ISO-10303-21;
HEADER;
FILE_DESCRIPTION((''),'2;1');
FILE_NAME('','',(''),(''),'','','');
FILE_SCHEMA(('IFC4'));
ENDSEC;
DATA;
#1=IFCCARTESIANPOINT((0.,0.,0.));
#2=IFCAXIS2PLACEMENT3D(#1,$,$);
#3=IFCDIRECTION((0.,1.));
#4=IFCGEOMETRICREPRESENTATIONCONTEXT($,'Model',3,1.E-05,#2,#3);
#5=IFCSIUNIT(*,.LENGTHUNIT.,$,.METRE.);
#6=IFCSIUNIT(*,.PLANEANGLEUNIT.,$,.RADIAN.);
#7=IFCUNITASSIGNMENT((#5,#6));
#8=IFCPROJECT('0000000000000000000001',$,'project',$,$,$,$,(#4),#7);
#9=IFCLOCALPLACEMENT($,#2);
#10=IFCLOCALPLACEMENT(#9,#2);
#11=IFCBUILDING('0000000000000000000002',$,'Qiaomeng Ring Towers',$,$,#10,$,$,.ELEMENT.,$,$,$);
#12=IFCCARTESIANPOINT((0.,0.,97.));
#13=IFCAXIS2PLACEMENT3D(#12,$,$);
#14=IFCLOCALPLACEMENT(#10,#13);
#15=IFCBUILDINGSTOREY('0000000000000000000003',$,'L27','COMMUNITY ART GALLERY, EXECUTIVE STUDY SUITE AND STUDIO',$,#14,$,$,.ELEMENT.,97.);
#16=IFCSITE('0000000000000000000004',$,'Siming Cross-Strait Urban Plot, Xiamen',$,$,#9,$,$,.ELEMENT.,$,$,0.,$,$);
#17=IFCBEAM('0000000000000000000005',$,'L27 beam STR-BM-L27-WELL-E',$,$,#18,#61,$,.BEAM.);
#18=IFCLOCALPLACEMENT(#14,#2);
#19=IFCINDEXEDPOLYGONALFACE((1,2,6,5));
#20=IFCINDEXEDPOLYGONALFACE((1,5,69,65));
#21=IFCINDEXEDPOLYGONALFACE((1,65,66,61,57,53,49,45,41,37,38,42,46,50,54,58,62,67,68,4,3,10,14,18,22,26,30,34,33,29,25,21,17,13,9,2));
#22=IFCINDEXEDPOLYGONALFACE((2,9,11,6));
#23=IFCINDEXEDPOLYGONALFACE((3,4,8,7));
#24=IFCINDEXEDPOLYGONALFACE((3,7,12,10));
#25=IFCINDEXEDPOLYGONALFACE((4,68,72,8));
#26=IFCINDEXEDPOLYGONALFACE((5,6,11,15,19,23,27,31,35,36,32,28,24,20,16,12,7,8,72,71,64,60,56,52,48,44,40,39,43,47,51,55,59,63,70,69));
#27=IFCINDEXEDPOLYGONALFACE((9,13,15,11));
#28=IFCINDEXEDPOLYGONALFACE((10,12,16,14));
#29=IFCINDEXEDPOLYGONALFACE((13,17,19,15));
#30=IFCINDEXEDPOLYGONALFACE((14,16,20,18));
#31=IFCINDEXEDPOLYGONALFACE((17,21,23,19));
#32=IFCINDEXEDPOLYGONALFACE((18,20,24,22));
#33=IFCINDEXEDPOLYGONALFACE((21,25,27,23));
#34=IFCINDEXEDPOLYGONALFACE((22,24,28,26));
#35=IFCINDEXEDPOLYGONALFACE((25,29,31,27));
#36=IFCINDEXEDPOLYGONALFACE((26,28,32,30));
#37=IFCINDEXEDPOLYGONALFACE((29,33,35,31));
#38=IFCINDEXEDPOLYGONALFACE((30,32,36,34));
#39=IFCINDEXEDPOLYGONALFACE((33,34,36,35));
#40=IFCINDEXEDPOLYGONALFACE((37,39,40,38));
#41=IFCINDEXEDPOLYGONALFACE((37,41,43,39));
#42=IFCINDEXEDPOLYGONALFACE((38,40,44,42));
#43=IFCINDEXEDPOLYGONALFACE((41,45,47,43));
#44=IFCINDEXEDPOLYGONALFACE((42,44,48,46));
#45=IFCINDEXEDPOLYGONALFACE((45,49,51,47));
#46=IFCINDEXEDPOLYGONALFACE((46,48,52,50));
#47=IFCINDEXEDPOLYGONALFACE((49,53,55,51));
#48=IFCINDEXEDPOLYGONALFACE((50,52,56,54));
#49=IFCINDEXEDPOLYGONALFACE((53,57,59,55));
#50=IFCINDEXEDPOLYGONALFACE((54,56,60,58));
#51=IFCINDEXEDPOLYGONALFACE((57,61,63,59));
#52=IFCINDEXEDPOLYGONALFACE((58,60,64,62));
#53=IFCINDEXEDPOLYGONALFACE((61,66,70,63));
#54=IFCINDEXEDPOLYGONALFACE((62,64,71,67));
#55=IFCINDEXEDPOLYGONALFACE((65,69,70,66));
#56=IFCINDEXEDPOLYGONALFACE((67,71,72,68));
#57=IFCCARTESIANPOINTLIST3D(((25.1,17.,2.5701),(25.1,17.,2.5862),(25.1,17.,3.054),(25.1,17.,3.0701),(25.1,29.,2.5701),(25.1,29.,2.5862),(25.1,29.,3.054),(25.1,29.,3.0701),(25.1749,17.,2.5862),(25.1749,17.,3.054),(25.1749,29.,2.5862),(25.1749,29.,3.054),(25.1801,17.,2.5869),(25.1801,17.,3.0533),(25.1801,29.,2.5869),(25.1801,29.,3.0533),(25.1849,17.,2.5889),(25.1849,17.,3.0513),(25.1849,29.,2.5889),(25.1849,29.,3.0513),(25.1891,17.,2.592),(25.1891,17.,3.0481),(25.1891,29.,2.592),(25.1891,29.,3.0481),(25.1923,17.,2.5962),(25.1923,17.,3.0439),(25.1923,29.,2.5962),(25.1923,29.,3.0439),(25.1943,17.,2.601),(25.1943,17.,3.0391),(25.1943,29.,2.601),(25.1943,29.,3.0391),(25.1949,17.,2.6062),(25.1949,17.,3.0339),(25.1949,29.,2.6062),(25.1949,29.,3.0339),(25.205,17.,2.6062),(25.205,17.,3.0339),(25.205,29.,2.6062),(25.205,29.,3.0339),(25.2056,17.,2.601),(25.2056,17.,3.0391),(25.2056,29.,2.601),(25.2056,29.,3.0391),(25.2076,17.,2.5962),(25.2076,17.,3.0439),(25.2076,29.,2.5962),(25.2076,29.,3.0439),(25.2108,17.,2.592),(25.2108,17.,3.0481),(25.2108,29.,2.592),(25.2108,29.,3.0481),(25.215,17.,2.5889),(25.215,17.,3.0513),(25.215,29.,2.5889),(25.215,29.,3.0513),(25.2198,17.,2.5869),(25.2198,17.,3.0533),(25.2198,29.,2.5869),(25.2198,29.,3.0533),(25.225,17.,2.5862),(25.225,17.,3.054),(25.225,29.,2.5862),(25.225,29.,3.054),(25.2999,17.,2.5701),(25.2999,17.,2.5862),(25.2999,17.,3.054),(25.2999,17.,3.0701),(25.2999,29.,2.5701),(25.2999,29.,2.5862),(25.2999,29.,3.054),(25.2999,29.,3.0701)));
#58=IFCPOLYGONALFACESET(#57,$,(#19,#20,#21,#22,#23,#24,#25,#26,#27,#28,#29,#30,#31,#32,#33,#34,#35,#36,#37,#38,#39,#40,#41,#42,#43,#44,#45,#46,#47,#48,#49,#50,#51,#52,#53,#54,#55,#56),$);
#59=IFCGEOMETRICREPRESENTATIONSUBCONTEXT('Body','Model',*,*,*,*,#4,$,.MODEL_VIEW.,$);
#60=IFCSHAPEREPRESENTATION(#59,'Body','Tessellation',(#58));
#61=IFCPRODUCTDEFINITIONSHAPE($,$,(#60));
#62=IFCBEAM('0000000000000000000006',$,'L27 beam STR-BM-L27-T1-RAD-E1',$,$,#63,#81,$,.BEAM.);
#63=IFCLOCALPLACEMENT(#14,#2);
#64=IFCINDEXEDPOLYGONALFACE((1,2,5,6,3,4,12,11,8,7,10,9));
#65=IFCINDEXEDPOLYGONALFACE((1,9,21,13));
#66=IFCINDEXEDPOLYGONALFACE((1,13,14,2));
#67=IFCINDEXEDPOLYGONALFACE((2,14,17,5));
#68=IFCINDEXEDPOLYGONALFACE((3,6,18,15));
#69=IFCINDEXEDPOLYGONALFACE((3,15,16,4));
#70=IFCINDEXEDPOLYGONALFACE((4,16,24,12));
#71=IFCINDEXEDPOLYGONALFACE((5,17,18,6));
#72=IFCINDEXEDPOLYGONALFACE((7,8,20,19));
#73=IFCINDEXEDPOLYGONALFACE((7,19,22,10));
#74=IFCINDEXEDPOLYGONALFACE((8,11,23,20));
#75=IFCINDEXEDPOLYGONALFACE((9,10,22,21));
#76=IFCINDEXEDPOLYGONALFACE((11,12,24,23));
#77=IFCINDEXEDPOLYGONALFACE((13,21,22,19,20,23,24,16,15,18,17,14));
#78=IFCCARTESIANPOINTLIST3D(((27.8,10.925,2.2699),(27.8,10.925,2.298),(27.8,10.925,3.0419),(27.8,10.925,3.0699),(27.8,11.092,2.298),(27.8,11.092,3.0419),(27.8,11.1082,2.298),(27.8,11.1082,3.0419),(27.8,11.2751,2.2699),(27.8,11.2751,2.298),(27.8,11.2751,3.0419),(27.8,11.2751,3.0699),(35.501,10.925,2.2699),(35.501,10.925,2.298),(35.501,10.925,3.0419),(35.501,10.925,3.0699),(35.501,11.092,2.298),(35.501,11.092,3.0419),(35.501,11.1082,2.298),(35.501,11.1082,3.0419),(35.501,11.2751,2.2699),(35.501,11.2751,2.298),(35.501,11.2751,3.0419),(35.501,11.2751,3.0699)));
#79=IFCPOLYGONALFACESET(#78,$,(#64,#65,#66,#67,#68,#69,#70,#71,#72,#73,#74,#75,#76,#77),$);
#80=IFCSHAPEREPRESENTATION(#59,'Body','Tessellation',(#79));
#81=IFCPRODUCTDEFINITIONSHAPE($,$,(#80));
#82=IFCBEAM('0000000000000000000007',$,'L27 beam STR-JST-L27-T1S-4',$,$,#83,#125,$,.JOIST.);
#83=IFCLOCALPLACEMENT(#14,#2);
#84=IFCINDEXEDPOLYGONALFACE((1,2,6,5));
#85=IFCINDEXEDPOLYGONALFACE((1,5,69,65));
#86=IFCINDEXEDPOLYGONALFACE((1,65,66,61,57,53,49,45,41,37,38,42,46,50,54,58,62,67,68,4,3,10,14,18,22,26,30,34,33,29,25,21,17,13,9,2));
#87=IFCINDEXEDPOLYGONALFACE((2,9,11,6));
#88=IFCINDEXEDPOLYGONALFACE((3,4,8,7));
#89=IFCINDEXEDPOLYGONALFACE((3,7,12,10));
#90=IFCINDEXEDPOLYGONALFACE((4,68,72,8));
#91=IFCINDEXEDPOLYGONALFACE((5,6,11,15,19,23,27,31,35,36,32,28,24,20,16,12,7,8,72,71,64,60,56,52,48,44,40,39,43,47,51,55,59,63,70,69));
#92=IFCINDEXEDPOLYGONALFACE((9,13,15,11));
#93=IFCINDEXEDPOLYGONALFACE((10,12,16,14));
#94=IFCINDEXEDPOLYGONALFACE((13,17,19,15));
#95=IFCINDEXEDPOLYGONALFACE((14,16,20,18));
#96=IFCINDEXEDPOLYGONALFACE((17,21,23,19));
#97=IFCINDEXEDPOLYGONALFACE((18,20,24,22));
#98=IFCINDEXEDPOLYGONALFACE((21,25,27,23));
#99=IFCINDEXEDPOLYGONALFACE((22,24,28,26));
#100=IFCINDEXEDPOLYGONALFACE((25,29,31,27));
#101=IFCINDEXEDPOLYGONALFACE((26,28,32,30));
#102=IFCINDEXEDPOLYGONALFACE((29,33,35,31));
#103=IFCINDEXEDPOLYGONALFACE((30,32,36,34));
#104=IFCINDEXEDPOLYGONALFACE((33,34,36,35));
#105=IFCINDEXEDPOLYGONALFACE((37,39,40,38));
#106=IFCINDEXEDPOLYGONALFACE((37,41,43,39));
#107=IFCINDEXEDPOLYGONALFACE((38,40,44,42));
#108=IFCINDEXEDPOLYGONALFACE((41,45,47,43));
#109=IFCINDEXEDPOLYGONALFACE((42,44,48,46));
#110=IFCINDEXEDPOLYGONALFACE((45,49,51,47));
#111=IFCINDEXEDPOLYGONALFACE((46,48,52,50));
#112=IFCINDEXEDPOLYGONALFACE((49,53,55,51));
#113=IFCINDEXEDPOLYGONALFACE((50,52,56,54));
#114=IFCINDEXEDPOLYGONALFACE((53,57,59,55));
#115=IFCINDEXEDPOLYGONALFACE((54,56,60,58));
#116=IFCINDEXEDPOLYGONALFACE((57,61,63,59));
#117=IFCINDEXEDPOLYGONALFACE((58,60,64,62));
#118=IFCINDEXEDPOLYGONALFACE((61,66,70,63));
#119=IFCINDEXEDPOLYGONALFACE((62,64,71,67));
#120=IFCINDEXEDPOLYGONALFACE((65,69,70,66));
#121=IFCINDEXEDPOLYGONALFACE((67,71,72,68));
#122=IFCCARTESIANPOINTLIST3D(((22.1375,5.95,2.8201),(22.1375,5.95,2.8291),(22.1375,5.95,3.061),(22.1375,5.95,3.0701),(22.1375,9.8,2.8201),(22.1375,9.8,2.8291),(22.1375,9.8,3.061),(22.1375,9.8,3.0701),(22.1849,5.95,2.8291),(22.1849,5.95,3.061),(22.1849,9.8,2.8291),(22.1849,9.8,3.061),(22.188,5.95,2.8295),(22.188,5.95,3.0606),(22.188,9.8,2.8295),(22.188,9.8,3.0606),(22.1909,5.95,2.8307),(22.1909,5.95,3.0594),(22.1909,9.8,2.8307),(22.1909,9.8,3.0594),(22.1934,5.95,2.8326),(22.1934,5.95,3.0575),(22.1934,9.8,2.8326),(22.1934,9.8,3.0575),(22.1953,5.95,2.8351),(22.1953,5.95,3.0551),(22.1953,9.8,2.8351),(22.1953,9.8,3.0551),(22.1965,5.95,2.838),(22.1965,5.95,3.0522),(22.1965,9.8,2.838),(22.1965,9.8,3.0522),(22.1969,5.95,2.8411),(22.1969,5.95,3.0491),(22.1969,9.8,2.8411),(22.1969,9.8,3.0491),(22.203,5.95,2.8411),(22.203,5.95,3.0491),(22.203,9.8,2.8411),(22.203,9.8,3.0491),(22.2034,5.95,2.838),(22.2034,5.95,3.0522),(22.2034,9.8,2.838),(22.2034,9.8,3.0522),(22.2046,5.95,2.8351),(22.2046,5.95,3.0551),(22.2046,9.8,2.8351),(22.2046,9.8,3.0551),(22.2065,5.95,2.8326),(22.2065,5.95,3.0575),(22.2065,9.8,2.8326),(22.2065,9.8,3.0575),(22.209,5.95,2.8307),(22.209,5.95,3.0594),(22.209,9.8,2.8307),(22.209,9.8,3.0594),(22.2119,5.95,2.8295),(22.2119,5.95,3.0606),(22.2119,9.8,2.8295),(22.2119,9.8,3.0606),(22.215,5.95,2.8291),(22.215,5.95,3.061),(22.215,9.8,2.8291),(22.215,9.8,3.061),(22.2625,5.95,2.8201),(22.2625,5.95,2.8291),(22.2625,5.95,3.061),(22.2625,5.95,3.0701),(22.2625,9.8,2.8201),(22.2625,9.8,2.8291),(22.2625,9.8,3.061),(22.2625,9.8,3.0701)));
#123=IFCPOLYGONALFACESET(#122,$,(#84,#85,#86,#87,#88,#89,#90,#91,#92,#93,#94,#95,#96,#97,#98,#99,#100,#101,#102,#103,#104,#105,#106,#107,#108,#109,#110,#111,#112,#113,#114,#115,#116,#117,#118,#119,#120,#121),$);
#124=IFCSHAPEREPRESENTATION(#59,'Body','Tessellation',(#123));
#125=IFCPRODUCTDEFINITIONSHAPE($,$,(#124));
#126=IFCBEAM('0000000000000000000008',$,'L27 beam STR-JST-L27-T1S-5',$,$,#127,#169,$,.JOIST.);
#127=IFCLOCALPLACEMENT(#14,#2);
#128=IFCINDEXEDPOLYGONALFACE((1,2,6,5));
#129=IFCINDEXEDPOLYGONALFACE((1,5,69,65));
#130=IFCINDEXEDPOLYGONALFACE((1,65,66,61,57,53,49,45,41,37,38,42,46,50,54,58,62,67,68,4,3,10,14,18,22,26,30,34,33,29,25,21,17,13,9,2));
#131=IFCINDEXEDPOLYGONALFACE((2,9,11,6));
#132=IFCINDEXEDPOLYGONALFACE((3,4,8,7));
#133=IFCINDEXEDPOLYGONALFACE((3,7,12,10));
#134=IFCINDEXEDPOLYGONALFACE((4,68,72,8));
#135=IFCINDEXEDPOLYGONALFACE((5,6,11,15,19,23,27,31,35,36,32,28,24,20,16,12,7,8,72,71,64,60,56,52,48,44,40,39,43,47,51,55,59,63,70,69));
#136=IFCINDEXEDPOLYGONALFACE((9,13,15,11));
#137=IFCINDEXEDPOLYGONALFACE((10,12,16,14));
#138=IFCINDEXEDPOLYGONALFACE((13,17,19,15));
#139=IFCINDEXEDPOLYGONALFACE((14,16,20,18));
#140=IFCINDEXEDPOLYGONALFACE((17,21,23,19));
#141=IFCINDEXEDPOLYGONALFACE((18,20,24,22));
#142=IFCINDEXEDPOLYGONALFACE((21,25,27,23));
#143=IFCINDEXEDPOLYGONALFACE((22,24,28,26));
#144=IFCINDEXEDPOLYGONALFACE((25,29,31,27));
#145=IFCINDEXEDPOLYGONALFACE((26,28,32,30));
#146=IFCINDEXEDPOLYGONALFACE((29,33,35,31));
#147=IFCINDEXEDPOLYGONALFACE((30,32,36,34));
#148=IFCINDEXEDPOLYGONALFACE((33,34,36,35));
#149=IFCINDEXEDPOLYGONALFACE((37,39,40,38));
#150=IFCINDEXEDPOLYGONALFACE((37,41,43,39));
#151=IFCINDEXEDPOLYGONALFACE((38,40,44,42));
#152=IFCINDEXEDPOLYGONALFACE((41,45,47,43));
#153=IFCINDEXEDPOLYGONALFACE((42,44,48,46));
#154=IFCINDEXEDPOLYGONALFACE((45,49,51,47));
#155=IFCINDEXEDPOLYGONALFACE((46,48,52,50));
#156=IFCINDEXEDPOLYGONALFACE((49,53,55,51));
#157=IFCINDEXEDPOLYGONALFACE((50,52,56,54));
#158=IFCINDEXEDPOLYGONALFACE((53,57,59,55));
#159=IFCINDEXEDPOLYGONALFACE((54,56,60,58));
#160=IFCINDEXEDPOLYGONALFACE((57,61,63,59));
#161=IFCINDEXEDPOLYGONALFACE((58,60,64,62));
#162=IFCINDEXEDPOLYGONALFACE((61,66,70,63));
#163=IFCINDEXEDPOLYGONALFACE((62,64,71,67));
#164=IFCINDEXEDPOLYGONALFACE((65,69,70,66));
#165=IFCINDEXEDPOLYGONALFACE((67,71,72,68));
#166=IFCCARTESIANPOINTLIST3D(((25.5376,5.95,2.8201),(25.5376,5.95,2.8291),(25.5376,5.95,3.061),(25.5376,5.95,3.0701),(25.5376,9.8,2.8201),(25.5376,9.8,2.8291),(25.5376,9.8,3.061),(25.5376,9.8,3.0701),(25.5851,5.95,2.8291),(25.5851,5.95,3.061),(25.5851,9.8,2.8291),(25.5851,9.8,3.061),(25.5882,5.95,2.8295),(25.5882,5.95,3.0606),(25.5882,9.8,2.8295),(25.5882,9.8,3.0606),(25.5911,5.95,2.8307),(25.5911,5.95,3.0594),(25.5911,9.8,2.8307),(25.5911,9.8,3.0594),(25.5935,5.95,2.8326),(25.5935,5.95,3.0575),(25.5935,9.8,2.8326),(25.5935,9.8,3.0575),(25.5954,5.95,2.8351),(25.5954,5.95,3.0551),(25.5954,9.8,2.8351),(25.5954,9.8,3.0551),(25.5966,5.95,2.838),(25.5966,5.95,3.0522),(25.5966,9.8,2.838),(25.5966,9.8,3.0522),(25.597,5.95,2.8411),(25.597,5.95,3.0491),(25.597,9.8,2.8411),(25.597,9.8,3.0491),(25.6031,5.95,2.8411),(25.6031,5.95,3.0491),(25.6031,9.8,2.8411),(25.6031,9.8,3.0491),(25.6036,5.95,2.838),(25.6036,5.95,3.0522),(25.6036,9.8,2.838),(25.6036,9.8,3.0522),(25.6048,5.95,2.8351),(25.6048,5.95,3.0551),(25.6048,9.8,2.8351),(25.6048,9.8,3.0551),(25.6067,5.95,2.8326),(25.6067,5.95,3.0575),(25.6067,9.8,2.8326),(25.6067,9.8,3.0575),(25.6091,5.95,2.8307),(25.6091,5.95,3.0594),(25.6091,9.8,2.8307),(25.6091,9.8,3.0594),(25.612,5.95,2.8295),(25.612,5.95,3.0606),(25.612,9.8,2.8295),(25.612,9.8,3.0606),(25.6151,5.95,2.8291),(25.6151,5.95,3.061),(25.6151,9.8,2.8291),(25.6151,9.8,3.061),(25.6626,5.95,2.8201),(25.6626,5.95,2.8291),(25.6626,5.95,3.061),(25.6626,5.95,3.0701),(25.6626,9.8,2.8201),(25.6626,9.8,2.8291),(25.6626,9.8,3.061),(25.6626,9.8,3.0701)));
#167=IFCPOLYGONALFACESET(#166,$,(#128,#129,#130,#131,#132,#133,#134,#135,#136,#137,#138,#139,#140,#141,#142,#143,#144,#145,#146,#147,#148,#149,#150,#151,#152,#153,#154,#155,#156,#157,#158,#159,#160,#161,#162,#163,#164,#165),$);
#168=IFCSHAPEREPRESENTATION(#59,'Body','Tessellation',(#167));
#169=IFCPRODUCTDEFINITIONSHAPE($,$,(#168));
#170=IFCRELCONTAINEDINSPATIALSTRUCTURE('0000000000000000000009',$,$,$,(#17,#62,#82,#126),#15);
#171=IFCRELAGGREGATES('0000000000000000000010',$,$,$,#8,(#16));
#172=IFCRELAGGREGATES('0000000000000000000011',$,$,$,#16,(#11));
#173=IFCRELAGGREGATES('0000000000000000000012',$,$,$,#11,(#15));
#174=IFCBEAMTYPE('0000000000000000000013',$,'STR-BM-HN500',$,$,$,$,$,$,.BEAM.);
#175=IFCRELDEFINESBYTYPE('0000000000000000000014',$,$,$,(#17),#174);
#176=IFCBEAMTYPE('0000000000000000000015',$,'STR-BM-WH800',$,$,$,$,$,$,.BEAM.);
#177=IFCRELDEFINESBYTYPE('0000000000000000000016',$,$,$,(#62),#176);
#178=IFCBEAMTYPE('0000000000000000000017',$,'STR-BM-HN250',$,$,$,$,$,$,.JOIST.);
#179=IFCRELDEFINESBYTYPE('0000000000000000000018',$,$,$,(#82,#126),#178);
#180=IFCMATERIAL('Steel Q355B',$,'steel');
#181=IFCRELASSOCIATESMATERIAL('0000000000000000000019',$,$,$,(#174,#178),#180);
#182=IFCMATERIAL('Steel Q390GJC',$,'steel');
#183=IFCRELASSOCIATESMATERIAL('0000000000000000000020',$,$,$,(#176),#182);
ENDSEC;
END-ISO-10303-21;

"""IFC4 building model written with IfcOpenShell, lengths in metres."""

from ifc_helpers import new_model, si_unit, direction, frame, origin, origin_2d, place, context, subcontext, project, spatial, i_section, extrude, source, transform, mapped, material, material_profile, profile_set, type_object, element, save


model = new_model("IFC4")

# Units and contexts
model_context = context("Model", 3, precision=1e-05, world=origin(), true_north=direction((0.0, 1.0)))
body_context = subcontext(model_context, "Body", "Model", "MODEL_VIEW")
ifc_project = project(units=[si_unit("LENGTHUNIT", "METRE"), si_unit("PLANEANGLEUNIT", "RADIAN")], contexts=[model_context])

# Site, building, storey
site_placement = place(None, origin())
site = spatial("IfcSite", under=ifc_project, at=site_placement, Name="Siming Cross-Strait Urban Plot, Xiamen", CompositionType="ELEMENT", RefElevation=0.0)
building_placement = place(site_placement, origin())
building = spatial("IfcBuilding", under=site, at=building_placement, Name="Qiaomeng Ring Towers", CompositionType="ELEMENT")
storey_placement = place(building_placement, frame((0.0, 0.0, 97.0)))
storey = spatial("IfcBuildingStorey", under=building, at=storey_placement, Name="L27", Description="COMMUNITY ART GALLERY, EXECUTIVE STUDY SUITE AND STUDIO", CompositionType="ELEMENT", Elevation=97.0)

# Beams
ifc_material_1 = material(Name="Steel Q355B", Category="steel")
ifc_material_profile_1 = material_profile(ifc_material_1, i_section(OverallWidth=0.2, OverallDepth=0.5, WebThickness=0.01, FlangeThickness=0.0161, FilletRadius=0.02, at=origin_2d()), Name="HN 500x200x10x16")
ifc_profile_set_1 = profile_set([ifc_material_profile_1], Name="Steel Q355B")
beam_type_1 = type_object("IfcBeamType", Name="STR-BM-HN500", PredefinedType="BEAM", material=ifc_profile_set_1)
shared_shape_1 = source(origin(), body_context, "Body", "SweptSolid", [
    extrude(i_section(OverallWidth=0.2, OverallDepth=0.5, WebThickness=0.01, FlangeThickness=0.0161, FilletRadius=0.02, at=origin_2d()), origin(), (0.0, 0.0, 1.0), 12.0),
])
beam_1_placement = place(storey_placement, frame((25.2, 17.0, 2.8201), z_axis=(0.0, 1.0, 0.0), x_axis=(-1.0, 0.0, 0.0)))
element("IfcBeam", 1, at=beam_1_placement, inside=storey, type_object=beam_type_1, Name="L27 beam STR-BM-L27-WELL-E", PredefinedType="BEAM", context=body_context, shape_type="MappedRepresentation", body=[
    mapped(shared_shape_1, transform((0.0, 0.0, 0.0), x_axis=(1.0, 0.0, 0.0), y_axis=(0.0, 1.0, 0.0), z_axis=(0.0, 0.0, 1.0), scale=1.0)),
])
ifc_material_2 = material(Name="Steel Q390GJC", Category="steel")
ifc_material_profile_2 = material_profile(ifc_material_2, i_section(OverallWidth=0.3501, OverallDepth=0.8, WebThickness=0.0161, FlangeThickness=0.0281, at=origin_2d()), Name="WH 800x350x16x28")
ifc_profile_set_2 = profile_set([ifc_material_profile_2], Name="Steel Q390GJC")
beam_type_2 = type_object("IfcBeamType", Name="STR-BM-WH800", PredefinedType="BEAM", material=ifc_profile_set_2)
shared_shape_2 = source(origin(), body_context, "Body", "SweptSolid", [
    extrude(i_section(OverallWidth=0.3501, OverallDepth=0.8, WebThickness=0.0161, FlangeThickness=0.0281, at=origin_2d()), origin(), (0.0, 0.0, 1.0), 7.7009),
])
beam_2_placement = place(storey_placement, frame((27.8, 11.1001, 2.6699), z_axis=(1.0, 0.0, 0.0), x_axis=(0.0, 1.0, 0.0)))
element("IfcBeam", 2, at=beam_2_placement, inside=storey, type_object=beam_type_2, Name="L27 beam STR-BM-L27-T1-RAD-E1", PredefinedType="BEAM", context=body_context, shape_type="MappedRepresentation", body=[
    mapped(shared_shape_2, transform((0.0, 0.0, 0.0), x_axis=(1.0, 0.0, 0.0), y_axis=(0.0, 1.0, 0.0), z_axis=(0.0, 0.0, 1.0), scale=1.0)),
])
ifc_material_profile_3 = material_profile(ifc_material_1, i_section(OverallWidth=0.125, OverallDepth=0.25, WebThickness=0.0061, FlangeThickness=0.009, FilletRadius=0.012, at=origin_2d()), Name="HN 250x125x6x9")
ifc_profile_set_3 = profile_set([ifc_material_profile_3], Name="Steel Q355B")
beam_type_3 = type_object("IfcBeamType", Name="STR-BM-HN250", PredefinedType="JOIST", material=ifc_profile_set_3)
shared_shape_3 = source(origin(), body_context, "Body", "SweptSolid", [
    extrude(i_section(OverallWidth=0.125, OverallDepth=0.25, WebThickness=0.0061, FlangeThickness=0.009, FilletRadius=0.012, at=origin_2d()), origin(), (0.0, 0.0, 1.0), 3.8501),
])
for number, where, z_axis, x_axis, name in (
    (3, (22.2, 5.95, 2.9451), (0.0, 1.0, 0.0), (-1.0, 0.0, 0.0), "L27 beam STR-JST-L27-T1S-4"),
    (4, (25.6001, 5.95, 2.9451), (0.0, 1.0, 0.0), (-1.0, 0.0, 0.0), "L27 beam STR-JST-L27-T1S-5"),
):
    element("IfcBeam", number, at=place(storey_placement, frame(where, z_axis=z_axis, x_axis=x_axis)), inside=storey, type_object=beam_type_3, Name=name, PredefinedType="JOIST", context=body_context, shape_type="MappedRepresentation", body=[
        mapped(shared_shape_3, transform((0.0, 0.0, 0.0), x_axis=(1.0, 0.0, 0.0), y_axis=(0.0, 1.0, 0.0), z_axis=(0.0, 0.0, 1.0), scale=1.0)),
    ])

save(model, "model.ifc")
